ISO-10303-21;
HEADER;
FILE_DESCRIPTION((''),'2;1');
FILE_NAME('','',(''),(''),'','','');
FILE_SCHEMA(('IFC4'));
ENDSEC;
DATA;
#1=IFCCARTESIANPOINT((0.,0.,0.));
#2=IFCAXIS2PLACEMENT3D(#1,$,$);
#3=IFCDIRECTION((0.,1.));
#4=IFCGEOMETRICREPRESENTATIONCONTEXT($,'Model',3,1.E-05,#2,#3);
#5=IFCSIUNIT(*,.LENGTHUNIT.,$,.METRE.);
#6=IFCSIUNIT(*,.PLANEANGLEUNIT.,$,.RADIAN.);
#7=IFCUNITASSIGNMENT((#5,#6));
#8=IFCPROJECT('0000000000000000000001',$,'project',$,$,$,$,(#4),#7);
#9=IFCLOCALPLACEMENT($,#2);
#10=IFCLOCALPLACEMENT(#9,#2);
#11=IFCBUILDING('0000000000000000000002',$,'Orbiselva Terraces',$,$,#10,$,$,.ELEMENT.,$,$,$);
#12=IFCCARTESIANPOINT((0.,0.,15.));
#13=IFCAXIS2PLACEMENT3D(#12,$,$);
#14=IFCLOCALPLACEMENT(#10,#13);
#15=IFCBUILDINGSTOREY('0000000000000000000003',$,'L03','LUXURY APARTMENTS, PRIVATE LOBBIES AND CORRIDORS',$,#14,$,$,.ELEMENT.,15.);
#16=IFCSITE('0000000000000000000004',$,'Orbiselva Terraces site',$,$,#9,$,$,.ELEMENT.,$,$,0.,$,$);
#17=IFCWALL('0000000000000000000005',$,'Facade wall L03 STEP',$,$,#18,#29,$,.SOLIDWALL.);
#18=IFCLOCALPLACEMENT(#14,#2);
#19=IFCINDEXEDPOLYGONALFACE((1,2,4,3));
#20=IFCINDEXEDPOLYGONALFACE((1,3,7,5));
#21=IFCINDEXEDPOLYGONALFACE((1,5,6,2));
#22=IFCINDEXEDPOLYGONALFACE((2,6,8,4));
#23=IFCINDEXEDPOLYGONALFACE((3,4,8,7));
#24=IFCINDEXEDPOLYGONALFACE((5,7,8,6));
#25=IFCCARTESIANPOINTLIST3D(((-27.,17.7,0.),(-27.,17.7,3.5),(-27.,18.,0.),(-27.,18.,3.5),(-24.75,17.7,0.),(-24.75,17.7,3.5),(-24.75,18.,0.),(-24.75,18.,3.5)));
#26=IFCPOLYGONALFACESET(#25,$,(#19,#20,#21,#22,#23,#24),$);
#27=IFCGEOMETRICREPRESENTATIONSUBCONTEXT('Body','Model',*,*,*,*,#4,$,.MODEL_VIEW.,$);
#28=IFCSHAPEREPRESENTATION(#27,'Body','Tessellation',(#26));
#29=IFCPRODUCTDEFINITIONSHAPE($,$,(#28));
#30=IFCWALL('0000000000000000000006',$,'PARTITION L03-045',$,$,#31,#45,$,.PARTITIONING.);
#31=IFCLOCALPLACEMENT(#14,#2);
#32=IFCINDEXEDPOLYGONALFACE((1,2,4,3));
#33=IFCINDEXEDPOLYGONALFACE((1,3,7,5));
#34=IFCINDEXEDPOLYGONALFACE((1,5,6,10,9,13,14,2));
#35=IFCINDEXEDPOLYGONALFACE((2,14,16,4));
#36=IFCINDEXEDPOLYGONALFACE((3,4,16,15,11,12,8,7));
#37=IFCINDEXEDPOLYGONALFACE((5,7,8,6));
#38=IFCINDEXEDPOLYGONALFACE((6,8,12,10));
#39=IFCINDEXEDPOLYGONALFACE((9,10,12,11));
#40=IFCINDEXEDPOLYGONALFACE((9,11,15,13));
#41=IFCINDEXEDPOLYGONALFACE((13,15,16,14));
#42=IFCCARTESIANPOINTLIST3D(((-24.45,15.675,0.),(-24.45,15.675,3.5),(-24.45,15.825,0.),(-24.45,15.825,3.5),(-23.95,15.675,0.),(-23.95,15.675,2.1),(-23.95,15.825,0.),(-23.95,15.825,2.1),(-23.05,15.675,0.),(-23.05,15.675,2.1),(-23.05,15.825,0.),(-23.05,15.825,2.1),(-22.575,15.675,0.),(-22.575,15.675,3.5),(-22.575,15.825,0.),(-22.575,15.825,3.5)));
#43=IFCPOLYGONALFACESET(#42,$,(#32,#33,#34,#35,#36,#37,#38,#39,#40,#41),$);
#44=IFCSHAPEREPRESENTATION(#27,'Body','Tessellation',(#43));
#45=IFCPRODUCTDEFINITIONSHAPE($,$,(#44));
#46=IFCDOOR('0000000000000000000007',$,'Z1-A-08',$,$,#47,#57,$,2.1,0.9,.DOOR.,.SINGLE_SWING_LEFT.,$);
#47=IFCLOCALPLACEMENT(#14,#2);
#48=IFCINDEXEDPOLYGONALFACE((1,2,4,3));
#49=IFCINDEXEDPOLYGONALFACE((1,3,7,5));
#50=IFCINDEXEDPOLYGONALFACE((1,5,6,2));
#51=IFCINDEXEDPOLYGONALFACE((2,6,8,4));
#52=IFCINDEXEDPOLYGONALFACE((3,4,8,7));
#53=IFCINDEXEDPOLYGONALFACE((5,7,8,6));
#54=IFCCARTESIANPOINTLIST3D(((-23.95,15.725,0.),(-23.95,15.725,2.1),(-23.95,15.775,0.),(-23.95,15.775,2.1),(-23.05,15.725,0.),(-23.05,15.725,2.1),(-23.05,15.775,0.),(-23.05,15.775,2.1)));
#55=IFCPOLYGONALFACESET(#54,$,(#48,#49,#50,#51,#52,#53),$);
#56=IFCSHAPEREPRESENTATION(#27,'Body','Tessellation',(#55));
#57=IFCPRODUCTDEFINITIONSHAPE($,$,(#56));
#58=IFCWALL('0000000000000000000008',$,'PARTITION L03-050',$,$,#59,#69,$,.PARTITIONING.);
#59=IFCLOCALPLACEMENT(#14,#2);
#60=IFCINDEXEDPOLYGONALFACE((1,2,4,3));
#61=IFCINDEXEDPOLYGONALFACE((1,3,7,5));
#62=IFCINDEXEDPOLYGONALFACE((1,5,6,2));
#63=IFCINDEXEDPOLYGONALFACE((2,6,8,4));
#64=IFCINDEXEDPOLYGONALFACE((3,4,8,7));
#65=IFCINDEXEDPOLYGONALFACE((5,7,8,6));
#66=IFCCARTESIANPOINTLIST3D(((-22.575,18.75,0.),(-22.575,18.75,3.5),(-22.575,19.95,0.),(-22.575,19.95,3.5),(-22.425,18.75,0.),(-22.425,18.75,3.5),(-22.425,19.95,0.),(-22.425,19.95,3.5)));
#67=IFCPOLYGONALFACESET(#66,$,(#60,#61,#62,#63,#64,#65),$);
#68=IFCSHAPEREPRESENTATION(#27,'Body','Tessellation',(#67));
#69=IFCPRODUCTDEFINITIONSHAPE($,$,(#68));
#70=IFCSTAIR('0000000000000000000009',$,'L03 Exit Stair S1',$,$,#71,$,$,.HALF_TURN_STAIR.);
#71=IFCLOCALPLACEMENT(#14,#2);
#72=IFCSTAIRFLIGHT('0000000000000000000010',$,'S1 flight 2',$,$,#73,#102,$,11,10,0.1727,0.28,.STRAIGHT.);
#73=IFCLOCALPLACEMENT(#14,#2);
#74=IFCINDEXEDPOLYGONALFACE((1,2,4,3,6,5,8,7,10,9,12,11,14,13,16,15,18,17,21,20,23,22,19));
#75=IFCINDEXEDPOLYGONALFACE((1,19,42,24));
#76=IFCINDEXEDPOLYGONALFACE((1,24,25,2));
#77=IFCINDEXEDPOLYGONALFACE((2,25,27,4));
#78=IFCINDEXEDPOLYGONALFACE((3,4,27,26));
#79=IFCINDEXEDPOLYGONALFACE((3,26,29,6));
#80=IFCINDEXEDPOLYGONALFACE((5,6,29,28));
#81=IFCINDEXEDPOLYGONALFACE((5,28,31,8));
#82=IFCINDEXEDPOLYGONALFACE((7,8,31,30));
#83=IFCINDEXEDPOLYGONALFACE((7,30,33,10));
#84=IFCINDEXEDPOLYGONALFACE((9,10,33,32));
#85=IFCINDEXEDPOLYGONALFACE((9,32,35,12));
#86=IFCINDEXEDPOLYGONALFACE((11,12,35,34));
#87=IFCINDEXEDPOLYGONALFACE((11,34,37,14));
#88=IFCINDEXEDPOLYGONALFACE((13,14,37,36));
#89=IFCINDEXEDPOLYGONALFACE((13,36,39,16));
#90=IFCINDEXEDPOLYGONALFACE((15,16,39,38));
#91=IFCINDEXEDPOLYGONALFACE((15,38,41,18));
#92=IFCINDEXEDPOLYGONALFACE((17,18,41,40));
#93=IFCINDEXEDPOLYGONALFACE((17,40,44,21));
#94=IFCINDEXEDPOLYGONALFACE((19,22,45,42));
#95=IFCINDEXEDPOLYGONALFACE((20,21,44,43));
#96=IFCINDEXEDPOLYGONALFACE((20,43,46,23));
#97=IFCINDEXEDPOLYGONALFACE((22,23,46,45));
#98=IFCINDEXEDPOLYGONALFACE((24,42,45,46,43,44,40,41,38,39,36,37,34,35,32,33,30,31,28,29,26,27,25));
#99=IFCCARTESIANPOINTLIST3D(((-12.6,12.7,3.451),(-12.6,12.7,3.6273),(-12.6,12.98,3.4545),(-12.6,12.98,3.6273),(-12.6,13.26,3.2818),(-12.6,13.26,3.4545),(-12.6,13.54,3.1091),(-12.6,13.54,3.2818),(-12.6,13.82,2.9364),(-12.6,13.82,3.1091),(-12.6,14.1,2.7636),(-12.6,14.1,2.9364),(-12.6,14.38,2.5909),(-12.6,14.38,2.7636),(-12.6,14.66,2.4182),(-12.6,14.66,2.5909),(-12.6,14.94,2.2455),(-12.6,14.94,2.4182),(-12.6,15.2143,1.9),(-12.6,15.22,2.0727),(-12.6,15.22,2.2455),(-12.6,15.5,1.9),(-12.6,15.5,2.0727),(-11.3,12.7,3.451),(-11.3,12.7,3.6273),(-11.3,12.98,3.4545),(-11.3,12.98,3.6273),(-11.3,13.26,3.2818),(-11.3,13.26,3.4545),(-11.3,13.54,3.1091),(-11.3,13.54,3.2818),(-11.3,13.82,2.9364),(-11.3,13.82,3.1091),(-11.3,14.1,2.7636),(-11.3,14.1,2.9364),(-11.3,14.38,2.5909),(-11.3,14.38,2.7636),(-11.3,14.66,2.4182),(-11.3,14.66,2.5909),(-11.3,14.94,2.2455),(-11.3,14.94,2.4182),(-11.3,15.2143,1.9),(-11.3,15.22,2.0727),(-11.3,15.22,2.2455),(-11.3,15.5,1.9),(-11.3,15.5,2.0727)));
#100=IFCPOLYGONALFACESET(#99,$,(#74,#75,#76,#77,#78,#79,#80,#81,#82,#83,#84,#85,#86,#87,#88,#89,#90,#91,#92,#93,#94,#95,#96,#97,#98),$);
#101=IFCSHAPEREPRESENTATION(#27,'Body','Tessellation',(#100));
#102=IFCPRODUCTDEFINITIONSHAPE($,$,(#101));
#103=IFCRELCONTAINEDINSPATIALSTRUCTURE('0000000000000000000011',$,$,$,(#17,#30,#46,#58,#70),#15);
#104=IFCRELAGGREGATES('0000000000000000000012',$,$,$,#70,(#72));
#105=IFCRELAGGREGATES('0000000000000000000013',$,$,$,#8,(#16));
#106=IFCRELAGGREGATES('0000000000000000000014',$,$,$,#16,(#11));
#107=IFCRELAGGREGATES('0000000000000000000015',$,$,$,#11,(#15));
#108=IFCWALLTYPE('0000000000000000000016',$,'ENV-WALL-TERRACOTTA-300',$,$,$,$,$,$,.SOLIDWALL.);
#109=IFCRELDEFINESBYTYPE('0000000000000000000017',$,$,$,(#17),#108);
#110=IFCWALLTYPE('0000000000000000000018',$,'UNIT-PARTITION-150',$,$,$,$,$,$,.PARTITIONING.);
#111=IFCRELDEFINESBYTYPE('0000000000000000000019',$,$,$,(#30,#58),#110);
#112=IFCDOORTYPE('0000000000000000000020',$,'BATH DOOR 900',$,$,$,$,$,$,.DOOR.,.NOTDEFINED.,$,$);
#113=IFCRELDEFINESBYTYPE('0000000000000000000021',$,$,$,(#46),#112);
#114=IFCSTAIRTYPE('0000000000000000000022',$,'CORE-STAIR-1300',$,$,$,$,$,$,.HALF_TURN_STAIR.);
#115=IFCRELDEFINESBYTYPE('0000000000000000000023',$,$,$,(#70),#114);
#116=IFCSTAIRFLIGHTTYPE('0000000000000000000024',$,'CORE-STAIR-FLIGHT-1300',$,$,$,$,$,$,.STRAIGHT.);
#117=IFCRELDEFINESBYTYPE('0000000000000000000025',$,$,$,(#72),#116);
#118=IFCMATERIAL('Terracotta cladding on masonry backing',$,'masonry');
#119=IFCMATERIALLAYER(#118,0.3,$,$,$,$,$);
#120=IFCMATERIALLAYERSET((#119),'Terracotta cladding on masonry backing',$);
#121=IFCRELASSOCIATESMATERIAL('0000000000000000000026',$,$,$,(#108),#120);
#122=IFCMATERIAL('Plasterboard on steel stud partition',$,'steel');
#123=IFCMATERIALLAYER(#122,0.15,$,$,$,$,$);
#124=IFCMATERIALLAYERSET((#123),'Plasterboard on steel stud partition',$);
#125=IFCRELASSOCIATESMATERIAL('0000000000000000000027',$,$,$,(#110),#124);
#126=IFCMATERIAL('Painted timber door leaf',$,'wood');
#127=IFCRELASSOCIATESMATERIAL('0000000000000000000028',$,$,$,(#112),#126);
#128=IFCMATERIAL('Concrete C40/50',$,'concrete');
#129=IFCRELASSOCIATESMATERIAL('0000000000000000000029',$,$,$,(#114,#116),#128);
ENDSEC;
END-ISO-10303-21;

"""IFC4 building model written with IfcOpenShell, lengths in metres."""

from ifc_helpers import new_model, si_unit, direction, frame, frame_2d, origin, place, context, subcontext, project, spatial, polyline, rectangle, outline, extrude, material, layer, layer_set, type_object, element, fill, aggregate, save


model = new_model("IFC4")

# Units and contexts
model_context = context("Model", 3, precision=1e-05, world=origin(), true_north=direction((0.0, 1.0)))
body_context = subcontext(model_context, "Body", "Model", "MODEL_VIEW")
ifc_project = project(units=[si_unit("LENGTHUNIT", "METRE"), si_unit("PLANEANGLEUNIT", "RADIAN")], contexts=[model_context])

# Site, building, storey
site_placement = place(None, origin())
site = spatial("IfcSite", under=ifc_project, at=site_placement, Name="Orbiselva Terraces site", CompositionType="ELEMENT", RefElevation=0.0)
building_placement = place(site_placement, origin())
building = spatial("IfcBuilding", under=site, at=building_placement, Name="Orbiselva Terraces", CompositionType="ELEMENT")
storey_placement = place(building_placement, frame((0.0, 0.0, 15.0)))
storey = spatial("IfcBuildingStorey", under=building, at=storey_placement, Name="L03", Description="LUXURY APARTMENTS, PRIVATE LOBBIES AND CORRIDORS", CompositionType="ELEMENT", Elevation=15.0)

# Shared definitions
ifc_material_1 = material(Name="Terracotta cladding on masonry backing", Category="masonry")
ifc_layer_1 = layer(ifc_material_1, 0.3)
ifc_layer_set_1 = layer_set([ifc_layer_1], Name="Terracotta cladding on masonry backing")
wall_type_1 = type_object("IfcWallType", Name="ENV-WALL-TERRACOTTA-300", PredefinedType="SOLIDWALL", material=ifc_layer_set_1)

# Wall
wall_1_placement = place(storey_placement, frame((-27.0, 17.85, 0.0), z_axis=(0.0, 0.0, 1.0), x_axis=(1.0, 0.0, 0.0)))
element("IfcWall", 1, at=wall_1_placement, inside=storey, type_object=wall_type_1, Name="Facade wall L03 STEP", PredefinedType="SOLIDWALL", context=body_context, shape_type="SweptSolid", body=[
    extrude(rectangle(XDim=2.25, YDim=0.3, at=frame_2d((1.125, 0.0))), origin(), (0.0, 0.0, 1.0), 3.5),
])

# Wall, opening, door
ifc_material_2 = material(Name="Plasterboard on steel stud partition", Category="steel")
ifc_layer_2 = layer(ifc_material_2, 0.15)
ifc_layer_set_2 = layer_set([ifc_layer_2], Name="Plasterboard on steel stud partition")
wall_type_2 = type_object("IfcWallType", Name="UNIT-PARTITION-150", PredefinedType="PARTITIONING", material=ifc_layer_set_2)
wall_2_placement = place(storey_placement, frame((-22.575, 15.75, 0.0), z_axis=(0.0, 0.0, 1.0), x_axis=(-1.0, 0.0, 0.0)))
wall_2 = element("IfcWall", 2, at=wall_2_placement, inside=storey, type_object=wall_type_2, Name="PARTITION L03-045", PredefinedType="PARTITIONING", context=body_context, shape_type="SweptSolid", body=[
    extrude(rectangle(XDim=1.875, YDim=0.15, at=frame_2d((0.9375, 0.0))), origin(), (0.0, 0.0, 1.0), 3.5),
])
opening_1_placement = place(wall_2_placement, frame((0.475, 0.0, 0.0)))
opening_1 = element("IfcOpeningElement", 3, at=opening_1_placement, cuts=wall_2, PredefinedType="OPENING", context=body_context, shape_type="SweptSolid", body=[
    extrude(rectangle(XDim=0.9, YDim=2.1, at=frame_2d((0.45, 1.05))), frame((0.0, 0.085, 0.0), z_axis=(0.0, -1.0, 0.0), x_axis=(1.0, 0.0, 0.0)), (0.0, 0.0, 1.0), 0.17),
])
ifc_material_3 = material(Name="Painted timber door leaf", Category="wood")
door_type_1 = type_object("IfcDoorType", Name="BATH DOOR 900", OperationType="NOTDEFINED", PredefinedType="DOOR", material=ifc_material_3)
door_1_placement = place(opening_1_placement, origin())
door_1 = element("IfcDoor", 4, at=door_1_placement, inside=storey, type_object=door_type_1, Name="Z1-A-08", OperationType="SINGLE_SWING_LEFT", OverallHeight=2.1, OverallWidth=0.9, PredefinedType="DOOR", context=body_context, shape_type="SweptSolid", body=[
    extrude(rectangle(XDim=0.9, YDim=2.1, at=frame_2d((0.45, 1.05))), frame((0.0, 0.025, 0.0), z_axis=(0.0, -1.0, 0.0), x_axis=(1.0, 0.0, 0.0)), (0.0, 0.0, 1.0), 0.05),
])
fill(opening_1, door_1)

# Wall
wall_3_placement = place(storey_placement, frame((-22.5, 18.75, 0.0), z_axis=(0.0, 0.0, 1.0), x_axis=(0.0, 1.0, 0.0)))
element("IfcWall", 5, at=wall_3_placement, inside=storey, type_object=wall_type_2, Name="PARTITION L03-050", PredefinedType="PARTITIONING", context=body_context, shape_type="SweptSolid", body=[
    extrude(rectangle(XDim=1.2, YDim=0.15, at=frame_2d((0.6, 0.0))), origin(), (0.0, 0.0, 1.0), 3.5),
])

# Stair, stair flight
ifc_material_4 = material(Name="Concrete C40/50", Category="concrete")
stair_type = type_object("IfcStairType", Name="CORE-STAIR-1300", PredefinedType="HALF_TURN_STAIR", material=ifc_material_4)
stair_placement = place(storey_placement, origin())
stair = element("IfcStair", 6, at=stair_placement, inside=storey, type_object=stair_type, Name="L03 Exit Stair S1", PredefinedType="HALF_TURN_STAIR")
stair_flight_type = type_object("IfcStairFlightType", Name="CORE-STAIR-FLIGHT-1300", PredefinedType="STRAIGHT", material=ifc_material_4)
stair_flight_placement = place(storey_placement, frame((-11.95, 15.5, 1.9), z_axis=(0.0, 0.0, 1.0), x_axis=(0.0, -1.0, 0.0)))
stair_flight = element("IfcStairFlight", 7, at=stair_flight_placement, type_object=stair_flight_type, Name="S1 flight 2", NumberOfRisers=11, NumberOfTreads=10, PredefinedType="STRAIGHT", RiserHeight=0.1727, TreadLength=0.28, context=body_context, shape_type="SweptSolid", body=[
    extrude(outline(polyline([(0.0, 0.0), (0.0, 0.1727), (0.28, 0.1727), (0.28, 0.3455), (0.56, 0.3455), (0.56, 0.5182), (0.84, 0.5182), (0.84, 0.6909), (1.12, 0.6909), (1.12, 0.8636), (1.4, 0.8636), (1.4, 1.0364), (1.68, 1.0364), (1.68, 1.2091), (1.96, 1.2091), (1.96, 1.3818), (2.24, 1.3818), (2.24, 1.5545), (2.52, 1.5545), (2.52, 1.7273), (2.8, 1.7273), (2.8, 1.9), (2.8, 1.551), (0.2857, 0.0), (0.0, 0.0)])), frame((0.0, 0.65, 0.0), z_axis=(0.0, -1.0, 0.0), x_axis=(1.0, 0.0, 0.0)), (0.0, 0.0, 1.0), 1.3),
])
aggregate(stair, [stair_flight])

save(model, "model.ifc")
